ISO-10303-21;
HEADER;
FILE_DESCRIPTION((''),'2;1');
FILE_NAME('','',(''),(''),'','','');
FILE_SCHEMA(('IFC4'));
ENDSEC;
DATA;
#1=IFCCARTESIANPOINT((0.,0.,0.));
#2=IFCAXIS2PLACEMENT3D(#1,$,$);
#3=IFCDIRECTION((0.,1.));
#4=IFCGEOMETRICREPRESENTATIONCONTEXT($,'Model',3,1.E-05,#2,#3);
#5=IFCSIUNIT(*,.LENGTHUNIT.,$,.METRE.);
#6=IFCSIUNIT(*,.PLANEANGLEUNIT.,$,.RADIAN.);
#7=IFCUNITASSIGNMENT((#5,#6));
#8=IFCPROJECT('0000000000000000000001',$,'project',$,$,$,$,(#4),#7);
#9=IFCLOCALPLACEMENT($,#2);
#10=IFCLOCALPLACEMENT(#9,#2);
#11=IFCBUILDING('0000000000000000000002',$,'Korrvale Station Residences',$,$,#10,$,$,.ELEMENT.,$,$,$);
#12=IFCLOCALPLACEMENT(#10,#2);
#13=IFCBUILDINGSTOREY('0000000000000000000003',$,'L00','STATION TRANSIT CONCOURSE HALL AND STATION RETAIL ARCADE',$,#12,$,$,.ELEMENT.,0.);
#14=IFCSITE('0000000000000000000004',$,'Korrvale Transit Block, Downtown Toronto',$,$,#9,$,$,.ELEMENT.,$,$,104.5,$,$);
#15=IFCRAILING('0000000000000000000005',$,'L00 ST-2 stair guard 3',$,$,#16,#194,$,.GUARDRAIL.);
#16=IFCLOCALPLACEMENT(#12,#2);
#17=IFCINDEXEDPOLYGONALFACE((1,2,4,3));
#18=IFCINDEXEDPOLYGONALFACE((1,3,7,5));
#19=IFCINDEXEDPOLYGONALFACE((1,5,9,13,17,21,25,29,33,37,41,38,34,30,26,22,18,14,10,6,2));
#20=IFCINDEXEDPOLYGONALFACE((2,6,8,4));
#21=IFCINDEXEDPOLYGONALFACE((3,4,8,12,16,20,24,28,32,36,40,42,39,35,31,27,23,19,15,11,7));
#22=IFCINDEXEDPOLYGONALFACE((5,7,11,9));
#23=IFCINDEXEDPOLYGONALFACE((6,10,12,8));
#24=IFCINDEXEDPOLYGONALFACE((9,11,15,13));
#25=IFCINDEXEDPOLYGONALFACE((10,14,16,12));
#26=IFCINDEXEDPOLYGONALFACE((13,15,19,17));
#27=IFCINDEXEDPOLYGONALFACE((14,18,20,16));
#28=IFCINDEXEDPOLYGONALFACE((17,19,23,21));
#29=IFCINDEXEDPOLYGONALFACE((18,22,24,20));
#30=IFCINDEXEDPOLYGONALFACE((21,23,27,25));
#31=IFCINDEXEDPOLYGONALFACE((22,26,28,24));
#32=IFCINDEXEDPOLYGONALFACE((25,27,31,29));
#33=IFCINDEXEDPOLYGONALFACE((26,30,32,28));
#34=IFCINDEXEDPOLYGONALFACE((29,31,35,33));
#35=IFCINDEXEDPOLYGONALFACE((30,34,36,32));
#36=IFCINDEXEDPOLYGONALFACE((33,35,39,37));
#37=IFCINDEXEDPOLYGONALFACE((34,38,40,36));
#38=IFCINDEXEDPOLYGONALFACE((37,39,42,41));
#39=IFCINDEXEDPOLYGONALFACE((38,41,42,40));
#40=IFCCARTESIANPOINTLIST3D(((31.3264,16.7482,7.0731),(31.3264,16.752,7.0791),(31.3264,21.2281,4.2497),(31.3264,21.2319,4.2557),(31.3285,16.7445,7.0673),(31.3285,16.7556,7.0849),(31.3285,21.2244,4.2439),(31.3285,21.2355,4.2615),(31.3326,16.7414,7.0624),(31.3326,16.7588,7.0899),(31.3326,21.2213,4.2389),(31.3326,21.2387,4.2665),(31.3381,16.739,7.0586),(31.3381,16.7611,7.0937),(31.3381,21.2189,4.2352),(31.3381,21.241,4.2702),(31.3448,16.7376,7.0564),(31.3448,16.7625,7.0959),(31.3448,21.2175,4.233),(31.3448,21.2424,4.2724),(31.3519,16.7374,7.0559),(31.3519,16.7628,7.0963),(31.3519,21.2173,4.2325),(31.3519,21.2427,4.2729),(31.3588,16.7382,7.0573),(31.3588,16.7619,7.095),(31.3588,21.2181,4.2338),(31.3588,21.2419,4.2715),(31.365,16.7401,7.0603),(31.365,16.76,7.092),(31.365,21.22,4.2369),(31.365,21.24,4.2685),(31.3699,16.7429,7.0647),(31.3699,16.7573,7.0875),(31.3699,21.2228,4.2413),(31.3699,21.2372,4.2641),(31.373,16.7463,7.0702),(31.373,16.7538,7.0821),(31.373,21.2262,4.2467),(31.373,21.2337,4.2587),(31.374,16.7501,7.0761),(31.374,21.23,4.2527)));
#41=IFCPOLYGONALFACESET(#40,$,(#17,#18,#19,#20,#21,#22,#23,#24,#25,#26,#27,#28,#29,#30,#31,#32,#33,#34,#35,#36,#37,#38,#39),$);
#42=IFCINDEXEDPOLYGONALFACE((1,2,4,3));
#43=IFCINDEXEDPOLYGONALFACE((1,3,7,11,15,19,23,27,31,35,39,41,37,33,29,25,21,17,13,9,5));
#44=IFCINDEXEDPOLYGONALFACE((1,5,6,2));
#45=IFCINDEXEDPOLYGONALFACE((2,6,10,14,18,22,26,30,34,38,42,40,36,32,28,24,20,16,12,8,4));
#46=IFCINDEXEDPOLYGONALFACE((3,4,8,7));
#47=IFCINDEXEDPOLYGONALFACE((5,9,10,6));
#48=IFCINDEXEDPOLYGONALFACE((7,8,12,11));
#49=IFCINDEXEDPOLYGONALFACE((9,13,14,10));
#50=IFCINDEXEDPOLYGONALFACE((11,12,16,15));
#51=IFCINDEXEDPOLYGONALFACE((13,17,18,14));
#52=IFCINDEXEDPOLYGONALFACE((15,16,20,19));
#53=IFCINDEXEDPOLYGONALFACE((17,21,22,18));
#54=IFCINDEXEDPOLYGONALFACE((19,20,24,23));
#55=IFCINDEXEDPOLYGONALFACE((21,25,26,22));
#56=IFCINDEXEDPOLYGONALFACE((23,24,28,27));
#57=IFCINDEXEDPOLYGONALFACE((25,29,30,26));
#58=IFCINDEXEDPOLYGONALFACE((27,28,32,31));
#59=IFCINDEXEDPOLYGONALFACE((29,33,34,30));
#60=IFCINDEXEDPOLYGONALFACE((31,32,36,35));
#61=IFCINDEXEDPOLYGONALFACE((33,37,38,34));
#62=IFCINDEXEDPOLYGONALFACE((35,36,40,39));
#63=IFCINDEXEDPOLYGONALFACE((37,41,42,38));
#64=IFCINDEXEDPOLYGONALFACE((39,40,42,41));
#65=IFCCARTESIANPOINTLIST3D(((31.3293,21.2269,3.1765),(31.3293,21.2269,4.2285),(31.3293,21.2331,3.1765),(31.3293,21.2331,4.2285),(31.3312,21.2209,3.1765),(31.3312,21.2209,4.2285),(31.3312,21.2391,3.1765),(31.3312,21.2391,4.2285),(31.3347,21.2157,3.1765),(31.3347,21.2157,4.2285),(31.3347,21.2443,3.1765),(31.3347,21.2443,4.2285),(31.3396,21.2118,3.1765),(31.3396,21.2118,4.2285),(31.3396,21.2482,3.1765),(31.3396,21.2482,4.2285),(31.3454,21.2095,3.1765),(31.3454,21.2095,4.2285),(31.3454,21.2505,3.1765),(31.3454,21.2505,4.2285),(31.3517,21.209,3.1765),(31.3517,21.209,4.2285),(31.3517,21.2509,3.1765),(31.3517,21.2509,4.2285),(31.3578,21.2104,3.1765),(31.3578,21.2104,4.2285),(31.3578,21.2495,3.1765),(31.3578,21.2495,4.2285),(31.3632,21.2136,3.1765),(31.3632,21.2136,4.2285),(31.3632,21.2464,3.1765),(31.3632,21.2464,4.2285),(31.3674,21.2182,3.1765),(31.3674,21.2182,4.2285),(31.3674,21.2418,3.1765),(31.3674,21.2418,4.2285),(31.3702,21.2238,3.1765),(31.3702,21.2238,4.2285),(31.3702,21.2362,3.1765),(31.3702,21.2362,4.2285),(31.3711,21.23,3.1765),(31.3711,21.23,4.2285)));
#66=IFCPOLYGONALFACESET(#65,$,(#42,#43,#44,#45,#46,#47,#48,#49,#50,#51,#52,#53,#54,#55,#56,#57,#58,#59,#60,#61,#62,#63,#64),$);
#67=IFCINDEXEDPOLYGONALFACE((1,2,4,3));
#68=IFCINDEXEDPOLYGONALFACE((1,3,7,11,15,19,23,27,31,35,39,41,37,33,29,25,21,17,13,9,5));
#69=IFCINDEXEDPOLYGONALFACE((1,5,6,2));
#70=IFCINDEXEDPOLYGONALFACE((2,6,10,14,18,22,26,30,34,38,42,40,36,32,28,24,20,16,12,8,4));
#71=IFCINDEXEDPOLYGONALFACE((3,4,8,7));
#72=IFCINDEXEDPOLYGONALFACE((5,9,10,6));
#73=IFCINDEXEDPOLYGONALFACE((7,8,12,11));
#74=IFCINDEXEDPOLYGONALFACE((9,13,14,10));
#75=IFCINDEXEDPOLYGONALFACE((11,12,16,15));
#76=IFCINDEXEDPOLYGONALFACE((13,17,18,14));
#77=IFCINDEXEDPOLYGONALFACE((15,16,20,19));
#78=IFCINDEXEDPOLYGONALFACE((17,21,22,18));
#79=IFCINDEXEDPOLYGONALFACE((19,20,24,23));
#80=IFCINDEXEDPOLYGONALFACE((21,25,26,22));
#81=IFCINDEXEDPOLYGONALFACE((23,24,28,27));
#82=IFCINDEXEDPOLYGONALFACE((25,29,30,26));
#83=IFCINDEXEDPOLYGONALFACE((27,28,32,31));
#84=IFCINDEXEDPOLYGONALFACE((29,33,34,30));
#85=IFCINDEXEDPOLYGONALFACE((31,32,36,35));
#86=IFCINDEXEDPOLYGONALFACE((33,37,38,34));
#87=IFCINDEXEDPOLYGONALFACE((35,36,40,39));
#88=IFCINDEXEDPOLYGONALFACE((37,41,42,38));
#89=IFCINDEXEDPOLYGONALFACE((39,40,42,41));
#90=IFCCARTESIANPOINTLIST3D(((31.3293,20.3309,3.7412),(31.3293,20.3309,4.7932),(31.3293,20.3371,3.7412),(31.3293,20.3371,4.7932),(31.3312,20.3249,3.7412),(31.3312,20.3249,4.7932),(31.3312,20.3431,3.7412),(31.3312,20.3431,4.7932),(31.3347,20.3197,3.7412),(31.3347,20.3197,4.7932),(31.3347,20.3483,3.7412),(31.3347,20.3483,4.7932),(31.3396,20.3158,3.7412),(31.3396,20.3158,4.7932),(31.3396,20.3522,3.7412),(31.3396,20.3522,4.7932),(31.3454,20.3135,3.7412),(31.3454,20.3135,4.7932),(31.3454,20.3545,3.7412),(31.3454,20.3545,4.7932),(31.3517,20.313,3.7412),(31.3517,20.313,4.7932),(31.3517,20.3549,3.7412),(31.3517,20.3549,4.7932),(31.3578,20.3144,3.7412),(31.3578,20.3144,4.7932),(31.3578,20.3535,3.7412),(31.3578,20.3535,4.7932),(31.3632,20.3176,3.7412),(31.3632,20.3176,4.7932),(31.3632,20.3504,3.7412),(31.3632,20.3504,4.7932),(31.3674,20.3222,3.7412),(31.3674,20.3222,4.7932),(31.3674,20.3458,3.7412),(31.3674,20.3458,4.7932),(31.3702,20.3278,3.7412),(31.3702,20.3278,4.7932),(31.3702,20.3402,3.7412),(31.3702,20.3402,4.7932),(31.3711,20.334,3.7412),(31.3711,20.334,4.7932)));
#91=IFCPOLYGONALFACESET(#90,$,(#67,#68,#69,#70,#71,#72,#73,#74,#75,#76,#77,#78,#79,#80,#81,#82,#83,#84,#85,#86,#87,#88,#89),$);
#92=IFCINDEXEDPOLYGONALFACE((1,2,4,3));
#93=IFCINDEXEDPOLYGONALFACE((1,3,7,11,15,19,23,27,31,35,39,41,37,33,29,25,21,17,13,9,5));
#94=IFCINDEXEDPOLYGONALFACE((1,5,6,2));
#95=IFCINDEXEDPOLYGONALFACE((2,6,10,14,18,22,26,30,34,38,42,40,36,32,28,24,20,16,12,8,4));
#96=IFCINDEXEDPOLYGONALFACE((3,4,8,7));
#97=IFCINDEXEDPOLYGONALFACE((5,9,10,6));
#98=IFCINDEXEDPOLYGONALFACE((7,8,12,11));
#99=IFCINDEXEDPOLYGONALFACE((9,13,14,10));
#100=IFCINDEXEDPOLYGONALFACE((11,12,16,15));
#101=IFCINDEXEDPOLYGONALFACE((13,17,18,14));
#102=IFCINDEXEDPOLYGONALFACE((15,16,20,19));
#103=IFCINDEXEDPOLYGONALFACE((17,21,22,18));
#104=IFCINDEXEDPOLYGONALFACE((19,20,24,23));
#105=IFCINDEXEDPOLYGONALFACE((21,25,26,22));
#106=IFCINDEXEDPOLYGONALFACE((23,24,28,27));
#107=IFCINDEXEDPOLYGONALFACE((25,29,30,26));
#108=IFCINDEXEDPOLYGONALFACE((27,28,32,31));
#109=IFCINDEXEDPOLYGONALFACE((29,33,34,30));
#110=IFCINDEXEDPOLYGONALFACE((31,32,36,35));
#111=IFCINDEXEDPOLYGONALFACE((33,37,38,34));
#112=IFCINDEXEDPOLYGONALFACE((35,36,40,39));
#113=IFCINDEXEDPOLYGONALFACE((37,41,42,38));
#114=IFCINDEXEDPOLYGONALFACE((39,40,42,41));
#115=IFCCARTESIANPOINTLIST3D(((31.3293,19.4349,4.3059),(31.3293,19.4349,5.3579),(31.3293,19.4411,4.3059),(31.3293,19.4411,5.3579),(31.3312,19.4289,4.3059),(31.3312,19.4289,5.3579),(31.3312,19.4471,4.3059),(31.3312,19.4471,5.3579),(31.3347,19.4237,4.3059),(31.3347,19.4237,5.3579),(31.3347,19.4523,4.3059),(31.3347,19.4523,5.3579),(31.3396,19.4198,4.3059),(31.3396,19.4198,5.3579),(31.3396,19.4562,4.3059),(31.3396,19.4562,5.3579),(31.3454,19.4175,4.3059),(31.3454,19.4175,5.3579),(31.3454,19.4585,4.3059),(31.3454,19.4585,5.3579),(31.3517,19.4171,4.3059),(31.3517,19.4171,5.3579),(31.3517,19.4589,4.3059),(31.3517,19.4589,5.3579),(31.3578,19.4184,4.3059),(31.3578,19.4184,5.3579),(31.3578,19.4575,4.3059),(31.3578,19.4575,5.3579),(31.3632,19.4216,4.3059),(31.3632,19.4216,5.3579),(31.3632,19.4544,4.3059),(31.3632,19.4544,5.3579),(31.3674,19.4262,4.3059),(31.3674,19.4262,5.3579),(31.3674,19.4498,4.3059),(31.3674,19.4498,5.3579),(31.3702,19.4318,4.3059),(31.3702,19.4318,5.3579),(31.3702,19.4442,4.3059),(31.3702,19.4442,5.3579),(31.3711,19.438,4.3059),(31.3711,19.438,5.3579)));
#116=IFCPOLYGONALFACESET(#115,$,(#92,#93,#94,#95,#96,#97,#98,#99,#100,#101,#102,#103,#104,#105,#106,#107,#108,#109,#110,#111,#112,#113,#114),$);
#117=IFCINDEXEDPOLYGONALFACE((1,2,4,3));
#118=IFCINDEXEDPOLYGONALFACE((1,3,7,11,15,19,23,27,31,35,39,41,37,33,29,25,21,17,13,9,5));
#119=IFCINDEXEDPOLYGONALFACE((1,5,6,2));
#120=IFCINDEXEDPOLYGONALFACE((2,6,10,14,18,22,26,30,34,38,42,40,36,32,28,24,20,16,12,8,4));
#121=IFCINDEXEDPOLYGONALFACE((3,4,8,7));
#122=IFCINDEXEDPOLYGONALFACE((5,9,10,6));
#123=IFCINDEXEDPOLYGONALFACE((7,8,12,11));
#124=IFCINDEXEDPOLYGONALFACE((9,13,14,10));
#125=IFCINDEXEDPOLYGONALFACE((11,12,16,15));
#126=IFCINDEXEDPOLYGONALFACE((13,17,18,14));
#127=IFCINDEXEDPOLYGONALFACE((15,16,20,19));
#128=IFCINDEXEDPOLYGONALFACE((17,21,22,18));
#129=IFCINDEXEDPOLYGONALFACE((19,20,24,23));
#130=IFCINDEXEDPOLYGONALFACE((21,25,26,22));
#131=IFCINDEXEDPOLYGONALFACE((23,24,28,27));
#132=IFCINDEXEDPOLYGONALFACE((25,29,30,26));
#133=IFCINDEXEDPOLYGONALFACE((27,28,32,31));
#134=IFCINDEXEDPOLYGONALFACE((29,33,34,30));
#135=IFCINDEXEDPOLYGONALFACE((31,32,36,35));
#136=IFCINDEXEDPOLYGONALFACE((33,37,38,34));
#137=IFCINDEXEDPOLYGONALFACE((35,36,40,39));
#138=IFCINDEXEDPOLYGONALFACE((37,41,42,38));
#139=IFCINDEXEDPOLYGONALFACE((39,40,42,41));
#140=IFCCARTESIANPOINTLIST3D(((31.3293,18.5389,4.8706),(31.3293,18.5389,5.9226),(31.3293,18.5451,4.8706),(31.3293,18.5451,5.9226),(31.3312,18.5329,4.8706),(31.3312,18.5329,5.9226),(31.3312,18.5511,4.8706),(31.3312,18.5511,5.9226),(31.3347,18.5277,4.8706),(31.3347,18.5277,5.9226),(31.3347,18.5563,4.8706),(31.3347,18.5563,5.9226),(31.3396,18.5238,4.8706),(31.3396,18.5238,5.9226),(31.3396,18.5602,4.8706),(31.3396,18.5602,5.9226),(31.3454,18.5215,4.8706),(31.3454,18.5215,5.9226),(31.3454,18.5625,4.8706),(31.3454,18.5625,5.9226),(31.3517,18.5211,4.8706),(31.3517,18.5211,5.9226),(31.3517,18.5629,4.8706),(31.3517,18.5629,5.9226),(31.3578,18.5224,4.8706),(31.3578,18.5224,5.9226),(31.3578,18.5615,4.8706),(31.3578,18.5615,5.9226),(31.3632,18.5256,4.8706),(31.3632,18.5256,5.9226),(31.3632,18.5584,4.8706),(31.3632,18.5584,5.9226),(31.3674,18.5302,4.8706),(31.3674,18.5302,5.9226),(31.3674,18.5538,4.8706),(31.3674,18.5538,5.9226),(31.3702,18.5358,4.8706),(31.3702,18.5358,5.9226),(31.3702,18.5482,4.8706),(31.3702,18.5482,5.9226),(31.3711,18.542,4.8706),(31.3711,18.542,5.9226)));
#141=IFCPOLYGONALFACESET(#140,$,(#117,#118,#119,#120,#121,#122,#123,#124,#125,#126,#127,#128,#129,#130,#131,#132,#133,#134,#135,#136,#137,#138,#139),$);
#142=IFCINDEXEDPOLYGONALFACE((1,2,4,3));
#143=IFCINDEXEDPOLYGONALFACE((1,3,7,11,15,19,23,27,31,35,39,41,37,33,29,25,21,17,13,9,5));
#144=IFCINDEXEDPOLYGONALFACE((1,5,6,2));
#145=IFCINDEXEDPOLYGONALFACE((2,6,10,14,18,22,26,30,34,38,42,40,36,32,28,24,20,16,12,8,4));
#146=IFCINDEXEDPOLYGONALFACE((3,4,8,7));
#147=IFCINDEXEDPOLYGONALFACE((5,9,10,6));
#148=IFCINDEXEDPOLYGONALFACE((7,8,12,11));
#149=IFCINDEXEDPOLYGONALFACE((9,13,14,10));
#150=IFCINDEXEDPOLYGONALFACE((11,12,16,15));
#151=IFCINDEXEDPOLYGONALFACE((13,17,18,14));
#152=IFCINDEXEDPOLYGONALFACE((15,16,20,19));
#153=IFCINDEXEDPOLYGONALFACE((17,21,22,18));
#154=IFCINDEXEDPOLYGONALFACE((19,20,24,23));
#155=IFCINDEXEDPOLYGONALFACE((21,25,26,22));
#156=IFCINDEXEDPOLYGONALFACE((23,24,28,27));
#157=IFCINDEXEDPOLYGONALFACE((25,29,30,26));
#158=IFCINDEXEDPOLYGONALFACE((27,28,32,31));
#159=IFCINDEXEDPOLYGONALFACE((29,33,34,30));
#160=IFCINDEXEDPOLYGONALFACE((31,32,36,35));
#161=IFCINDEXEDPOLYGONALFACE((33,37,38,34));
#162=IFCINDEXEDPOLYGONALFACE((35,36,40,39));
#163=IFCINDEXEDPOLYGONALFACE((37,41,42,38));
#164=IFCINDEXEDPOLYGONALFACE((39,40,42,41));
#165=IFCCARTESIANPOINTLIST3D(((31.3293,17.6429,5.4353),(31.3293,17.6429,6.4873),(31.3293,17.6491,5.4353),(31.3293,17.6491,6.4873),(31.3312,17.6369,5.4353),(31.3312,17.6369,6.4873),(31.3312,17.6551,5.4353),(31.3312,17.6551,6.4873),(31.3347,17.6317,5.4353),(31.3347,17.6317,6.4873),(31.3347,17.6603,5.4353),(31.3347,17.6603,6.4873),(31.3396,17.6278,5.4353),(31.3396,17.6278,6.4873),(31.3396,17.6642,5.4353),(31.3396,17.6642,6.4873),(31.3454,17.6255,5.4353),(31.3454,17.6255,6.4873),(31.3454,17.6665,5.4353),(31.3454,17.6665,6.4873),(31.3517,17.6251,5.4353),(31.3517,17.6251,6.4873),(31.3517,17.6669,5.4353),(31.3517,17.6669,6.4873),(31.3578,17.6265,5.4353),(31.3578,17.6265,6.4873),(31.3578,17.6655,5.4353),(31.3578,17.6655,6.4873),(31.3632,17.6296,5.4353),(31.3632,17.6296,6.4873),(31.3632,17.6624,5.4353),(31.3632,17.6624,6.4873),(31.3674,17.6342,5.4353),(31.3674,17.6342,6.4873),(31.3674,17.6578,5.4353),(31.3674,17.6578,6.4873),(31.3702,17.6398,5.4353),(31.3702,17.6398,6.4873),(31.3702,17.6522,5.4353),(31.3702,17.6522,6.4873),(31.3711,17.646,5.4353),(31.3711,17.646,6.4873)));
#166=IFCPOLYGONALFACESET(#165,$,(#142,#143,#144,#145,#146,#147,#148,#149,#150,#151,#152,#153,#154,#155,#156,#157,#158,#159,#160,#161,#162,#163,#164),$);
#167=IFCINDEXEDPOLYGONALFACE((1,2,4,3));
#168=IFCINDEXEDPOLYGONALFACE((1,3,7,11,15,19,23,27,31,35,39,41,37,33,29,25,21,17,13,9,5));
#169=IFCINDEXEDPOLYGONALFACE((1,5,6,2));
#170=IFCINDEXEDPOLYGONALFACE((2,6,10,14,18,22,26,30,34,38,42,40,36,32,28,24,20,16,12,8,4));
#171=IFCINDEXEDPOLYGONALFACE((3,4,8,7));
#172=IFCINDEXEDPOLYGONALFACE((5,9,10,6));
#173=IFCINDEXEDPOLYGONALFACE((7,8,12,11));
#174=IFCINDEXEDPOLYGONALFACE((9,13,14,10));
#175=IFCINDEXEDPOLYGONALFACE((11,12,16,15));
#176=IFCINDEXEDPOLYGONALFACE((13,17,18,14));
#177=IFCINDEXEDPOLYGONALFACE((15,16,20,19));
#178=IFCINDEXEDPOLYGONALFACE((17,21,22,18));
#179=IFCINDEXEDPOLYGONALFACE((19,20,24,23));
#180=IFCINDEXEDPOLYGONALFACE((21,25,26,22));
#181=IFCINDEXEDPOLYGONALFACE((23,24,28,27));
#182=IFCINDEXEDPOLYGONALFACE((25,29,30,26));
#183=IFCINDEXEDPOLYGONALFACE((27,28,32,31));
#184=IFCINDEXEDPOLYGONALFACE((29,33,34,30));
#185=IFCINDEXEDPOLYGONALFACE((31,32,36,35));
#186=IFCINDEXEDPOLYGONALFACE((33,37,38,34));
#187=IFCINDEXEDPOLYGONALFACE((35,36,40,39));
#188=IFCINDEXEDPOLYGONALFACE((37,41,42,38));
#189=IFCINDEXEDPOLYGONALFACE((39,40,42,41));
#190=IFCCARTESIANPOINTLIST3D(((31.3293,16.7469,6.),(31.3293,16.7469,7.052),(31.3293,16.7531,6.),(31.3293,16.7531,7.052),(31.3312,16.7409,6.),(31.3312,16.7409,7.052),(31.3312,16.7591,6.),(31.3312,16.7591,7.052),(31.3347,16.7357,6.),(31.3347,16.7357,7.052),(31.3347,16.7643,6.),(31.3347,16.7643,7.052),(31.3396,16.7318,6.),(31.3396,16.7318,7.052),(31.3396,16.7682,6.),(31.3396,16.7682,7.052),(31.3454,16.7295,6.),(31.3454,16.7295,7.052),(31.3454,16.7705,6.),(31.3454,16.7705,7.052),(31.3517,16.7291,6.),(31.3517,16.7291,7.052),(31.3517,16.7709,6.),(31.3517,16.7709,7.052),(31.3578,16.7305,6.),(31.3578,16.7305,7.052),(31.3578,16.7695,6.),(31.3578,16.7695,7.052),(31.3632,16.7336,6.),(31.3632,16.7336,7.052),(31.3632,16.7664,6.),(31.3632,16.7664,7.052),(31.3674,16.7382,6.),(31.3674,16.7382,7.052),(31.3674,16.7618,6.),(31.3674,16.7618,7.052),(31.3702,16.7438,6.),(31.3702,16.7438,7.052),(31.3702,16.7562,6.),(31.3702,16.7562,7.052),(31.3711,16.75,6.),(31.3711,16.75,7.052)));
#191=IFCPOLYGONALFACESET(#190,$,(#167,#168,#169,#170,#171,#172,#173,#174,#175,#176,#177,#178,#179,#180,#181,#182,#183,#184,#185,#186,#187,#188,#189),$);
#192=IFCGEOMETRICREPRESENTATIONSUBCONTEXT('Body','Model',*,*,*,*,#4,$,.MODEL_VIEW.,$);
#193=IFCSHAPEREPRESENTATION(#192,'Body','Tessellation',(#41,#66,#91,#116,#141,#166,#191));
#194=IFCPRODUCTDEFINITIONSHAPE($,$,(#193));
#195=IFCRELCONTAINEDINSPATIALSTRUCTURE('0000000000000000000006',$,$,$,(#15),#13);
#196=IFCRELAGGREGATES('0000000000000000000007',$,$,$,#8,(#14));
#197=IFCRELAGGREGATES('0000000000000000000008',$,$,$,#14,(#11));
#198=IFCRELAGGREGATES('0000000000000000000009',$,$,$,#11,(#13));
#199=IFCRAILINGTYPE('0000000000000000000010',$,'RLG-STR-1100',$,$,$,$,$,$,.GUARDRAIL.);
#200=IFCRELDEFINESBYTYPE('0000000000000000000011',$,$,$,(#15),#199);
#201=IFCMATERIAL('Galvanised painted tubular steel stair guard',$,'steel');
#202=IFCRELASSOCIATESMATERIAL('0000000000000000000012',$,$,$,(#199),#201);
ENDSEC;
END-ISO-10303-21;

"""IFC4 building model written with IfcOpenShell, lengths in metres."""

from ifc_helpers import new_model, si_unit, direction, frame, origin, origin_2d, place, context, subcontext, project, spatial, circle, extrude, material, type_object, element, save


model = new_model("IFC4")

# Units and contexts
model_context = context("Model", 3, precision=1e-05, world=origin(), true_north=direction((0.0, 1.0)))
body_context = subcontext(model_context, "Body", "Model", "MODEL_VIEW")
ifc_project = project(units=[si_unit("LENGTHUNIT", "METRE"), si_unit("PLANEANGLEUNIT", "RADIAN")], contexts=[model_context])

# Site, building, storey
site_placement = place(None, origin())
site = spatial("IfcSite", under=ifc_project, at=site_placement, Name="Korrvale Transit Block, Downtown Toronto", CompositionType="ELEMENT", RefElevation=104.5)
building_placement = place(site_placement, origin())
building = spatial("IfcBuilding", under=site, at=building_placement, Name="Korrvale Station Residences", CompositionType="ELEMENT")
storey_placement = place(building_placement, origin())
storey = spatial("IfcBuildingStorey", under=building, at=storey_placement, Name="L00", Description="STATION TRANSIT CONCOURSE HALL AND STATION RETAIL ARCADE", CompositionType="ELEMENT", Elevation=0.0)

# Railing
ifc_material_1 = material(Name="Galvanised painted tubular steel stair guard", Category="steel")
railing_type_1 = type_object("IfcRailingType", Name="RLG-STR-1100", PredefinedType="GUARDRAIL", material=ifc_material_1)
railing_1_placement = place(storey_placement, frame((31.3501, 21.23, 3.1765)))
element("IfcRailing", 1, at=railing_1_placement, inside=storey, type_object=railing_type_1, Name="L00 ST-2 stair guard 3", PredefinedType="GUARDRAIL", context=body_context, shape_type="SweptSolid", body=[
    extrude(circle(Radius=0.0239, at=origin_2d()), frame((0.0, 0.0, 1.0762), z_axis=(0.0, -0.845998, 0.533186), x_axis=(1.0, 0.0, 0.0)), (0.0, 0.0, 1.0), 5.2954),
    extrude(circle(Radius=0.021, at=origin_2d()), origin(), (0.0, 0.0, 1.0), 1.052),
    extrude(circle(Radius=0.021, at=origin_2d()), frame((0.0, -0.896, 0.5647)), (0.0, 0.0, 1.0), 1.052),
    extrude(circle(Radius=0.021, at=origin_2d()), frame((0.0, -1.792, 1.1294)), (0.0, 0.0, 1.0), 1.052),
    extrude(circle(Radius=0.021, at=origin_2d()), frame((0.0, -2.688, 1.6941)), (0.0, 0.0, 1.0), 1.052),
    extrude(circle(Radius=0.021, at=origin_2d()), frame((0.0, -3.584, 2.2588)), (0.0, 0.0, 1.0), 1.052),
    extrude(circle(Radius=0.021, at=origin_2d()), frame((0.0, -4.48, 2.8235)), (0.0, 0.0, 1.0), 1.052),
])

save(model, "model.ifc")
